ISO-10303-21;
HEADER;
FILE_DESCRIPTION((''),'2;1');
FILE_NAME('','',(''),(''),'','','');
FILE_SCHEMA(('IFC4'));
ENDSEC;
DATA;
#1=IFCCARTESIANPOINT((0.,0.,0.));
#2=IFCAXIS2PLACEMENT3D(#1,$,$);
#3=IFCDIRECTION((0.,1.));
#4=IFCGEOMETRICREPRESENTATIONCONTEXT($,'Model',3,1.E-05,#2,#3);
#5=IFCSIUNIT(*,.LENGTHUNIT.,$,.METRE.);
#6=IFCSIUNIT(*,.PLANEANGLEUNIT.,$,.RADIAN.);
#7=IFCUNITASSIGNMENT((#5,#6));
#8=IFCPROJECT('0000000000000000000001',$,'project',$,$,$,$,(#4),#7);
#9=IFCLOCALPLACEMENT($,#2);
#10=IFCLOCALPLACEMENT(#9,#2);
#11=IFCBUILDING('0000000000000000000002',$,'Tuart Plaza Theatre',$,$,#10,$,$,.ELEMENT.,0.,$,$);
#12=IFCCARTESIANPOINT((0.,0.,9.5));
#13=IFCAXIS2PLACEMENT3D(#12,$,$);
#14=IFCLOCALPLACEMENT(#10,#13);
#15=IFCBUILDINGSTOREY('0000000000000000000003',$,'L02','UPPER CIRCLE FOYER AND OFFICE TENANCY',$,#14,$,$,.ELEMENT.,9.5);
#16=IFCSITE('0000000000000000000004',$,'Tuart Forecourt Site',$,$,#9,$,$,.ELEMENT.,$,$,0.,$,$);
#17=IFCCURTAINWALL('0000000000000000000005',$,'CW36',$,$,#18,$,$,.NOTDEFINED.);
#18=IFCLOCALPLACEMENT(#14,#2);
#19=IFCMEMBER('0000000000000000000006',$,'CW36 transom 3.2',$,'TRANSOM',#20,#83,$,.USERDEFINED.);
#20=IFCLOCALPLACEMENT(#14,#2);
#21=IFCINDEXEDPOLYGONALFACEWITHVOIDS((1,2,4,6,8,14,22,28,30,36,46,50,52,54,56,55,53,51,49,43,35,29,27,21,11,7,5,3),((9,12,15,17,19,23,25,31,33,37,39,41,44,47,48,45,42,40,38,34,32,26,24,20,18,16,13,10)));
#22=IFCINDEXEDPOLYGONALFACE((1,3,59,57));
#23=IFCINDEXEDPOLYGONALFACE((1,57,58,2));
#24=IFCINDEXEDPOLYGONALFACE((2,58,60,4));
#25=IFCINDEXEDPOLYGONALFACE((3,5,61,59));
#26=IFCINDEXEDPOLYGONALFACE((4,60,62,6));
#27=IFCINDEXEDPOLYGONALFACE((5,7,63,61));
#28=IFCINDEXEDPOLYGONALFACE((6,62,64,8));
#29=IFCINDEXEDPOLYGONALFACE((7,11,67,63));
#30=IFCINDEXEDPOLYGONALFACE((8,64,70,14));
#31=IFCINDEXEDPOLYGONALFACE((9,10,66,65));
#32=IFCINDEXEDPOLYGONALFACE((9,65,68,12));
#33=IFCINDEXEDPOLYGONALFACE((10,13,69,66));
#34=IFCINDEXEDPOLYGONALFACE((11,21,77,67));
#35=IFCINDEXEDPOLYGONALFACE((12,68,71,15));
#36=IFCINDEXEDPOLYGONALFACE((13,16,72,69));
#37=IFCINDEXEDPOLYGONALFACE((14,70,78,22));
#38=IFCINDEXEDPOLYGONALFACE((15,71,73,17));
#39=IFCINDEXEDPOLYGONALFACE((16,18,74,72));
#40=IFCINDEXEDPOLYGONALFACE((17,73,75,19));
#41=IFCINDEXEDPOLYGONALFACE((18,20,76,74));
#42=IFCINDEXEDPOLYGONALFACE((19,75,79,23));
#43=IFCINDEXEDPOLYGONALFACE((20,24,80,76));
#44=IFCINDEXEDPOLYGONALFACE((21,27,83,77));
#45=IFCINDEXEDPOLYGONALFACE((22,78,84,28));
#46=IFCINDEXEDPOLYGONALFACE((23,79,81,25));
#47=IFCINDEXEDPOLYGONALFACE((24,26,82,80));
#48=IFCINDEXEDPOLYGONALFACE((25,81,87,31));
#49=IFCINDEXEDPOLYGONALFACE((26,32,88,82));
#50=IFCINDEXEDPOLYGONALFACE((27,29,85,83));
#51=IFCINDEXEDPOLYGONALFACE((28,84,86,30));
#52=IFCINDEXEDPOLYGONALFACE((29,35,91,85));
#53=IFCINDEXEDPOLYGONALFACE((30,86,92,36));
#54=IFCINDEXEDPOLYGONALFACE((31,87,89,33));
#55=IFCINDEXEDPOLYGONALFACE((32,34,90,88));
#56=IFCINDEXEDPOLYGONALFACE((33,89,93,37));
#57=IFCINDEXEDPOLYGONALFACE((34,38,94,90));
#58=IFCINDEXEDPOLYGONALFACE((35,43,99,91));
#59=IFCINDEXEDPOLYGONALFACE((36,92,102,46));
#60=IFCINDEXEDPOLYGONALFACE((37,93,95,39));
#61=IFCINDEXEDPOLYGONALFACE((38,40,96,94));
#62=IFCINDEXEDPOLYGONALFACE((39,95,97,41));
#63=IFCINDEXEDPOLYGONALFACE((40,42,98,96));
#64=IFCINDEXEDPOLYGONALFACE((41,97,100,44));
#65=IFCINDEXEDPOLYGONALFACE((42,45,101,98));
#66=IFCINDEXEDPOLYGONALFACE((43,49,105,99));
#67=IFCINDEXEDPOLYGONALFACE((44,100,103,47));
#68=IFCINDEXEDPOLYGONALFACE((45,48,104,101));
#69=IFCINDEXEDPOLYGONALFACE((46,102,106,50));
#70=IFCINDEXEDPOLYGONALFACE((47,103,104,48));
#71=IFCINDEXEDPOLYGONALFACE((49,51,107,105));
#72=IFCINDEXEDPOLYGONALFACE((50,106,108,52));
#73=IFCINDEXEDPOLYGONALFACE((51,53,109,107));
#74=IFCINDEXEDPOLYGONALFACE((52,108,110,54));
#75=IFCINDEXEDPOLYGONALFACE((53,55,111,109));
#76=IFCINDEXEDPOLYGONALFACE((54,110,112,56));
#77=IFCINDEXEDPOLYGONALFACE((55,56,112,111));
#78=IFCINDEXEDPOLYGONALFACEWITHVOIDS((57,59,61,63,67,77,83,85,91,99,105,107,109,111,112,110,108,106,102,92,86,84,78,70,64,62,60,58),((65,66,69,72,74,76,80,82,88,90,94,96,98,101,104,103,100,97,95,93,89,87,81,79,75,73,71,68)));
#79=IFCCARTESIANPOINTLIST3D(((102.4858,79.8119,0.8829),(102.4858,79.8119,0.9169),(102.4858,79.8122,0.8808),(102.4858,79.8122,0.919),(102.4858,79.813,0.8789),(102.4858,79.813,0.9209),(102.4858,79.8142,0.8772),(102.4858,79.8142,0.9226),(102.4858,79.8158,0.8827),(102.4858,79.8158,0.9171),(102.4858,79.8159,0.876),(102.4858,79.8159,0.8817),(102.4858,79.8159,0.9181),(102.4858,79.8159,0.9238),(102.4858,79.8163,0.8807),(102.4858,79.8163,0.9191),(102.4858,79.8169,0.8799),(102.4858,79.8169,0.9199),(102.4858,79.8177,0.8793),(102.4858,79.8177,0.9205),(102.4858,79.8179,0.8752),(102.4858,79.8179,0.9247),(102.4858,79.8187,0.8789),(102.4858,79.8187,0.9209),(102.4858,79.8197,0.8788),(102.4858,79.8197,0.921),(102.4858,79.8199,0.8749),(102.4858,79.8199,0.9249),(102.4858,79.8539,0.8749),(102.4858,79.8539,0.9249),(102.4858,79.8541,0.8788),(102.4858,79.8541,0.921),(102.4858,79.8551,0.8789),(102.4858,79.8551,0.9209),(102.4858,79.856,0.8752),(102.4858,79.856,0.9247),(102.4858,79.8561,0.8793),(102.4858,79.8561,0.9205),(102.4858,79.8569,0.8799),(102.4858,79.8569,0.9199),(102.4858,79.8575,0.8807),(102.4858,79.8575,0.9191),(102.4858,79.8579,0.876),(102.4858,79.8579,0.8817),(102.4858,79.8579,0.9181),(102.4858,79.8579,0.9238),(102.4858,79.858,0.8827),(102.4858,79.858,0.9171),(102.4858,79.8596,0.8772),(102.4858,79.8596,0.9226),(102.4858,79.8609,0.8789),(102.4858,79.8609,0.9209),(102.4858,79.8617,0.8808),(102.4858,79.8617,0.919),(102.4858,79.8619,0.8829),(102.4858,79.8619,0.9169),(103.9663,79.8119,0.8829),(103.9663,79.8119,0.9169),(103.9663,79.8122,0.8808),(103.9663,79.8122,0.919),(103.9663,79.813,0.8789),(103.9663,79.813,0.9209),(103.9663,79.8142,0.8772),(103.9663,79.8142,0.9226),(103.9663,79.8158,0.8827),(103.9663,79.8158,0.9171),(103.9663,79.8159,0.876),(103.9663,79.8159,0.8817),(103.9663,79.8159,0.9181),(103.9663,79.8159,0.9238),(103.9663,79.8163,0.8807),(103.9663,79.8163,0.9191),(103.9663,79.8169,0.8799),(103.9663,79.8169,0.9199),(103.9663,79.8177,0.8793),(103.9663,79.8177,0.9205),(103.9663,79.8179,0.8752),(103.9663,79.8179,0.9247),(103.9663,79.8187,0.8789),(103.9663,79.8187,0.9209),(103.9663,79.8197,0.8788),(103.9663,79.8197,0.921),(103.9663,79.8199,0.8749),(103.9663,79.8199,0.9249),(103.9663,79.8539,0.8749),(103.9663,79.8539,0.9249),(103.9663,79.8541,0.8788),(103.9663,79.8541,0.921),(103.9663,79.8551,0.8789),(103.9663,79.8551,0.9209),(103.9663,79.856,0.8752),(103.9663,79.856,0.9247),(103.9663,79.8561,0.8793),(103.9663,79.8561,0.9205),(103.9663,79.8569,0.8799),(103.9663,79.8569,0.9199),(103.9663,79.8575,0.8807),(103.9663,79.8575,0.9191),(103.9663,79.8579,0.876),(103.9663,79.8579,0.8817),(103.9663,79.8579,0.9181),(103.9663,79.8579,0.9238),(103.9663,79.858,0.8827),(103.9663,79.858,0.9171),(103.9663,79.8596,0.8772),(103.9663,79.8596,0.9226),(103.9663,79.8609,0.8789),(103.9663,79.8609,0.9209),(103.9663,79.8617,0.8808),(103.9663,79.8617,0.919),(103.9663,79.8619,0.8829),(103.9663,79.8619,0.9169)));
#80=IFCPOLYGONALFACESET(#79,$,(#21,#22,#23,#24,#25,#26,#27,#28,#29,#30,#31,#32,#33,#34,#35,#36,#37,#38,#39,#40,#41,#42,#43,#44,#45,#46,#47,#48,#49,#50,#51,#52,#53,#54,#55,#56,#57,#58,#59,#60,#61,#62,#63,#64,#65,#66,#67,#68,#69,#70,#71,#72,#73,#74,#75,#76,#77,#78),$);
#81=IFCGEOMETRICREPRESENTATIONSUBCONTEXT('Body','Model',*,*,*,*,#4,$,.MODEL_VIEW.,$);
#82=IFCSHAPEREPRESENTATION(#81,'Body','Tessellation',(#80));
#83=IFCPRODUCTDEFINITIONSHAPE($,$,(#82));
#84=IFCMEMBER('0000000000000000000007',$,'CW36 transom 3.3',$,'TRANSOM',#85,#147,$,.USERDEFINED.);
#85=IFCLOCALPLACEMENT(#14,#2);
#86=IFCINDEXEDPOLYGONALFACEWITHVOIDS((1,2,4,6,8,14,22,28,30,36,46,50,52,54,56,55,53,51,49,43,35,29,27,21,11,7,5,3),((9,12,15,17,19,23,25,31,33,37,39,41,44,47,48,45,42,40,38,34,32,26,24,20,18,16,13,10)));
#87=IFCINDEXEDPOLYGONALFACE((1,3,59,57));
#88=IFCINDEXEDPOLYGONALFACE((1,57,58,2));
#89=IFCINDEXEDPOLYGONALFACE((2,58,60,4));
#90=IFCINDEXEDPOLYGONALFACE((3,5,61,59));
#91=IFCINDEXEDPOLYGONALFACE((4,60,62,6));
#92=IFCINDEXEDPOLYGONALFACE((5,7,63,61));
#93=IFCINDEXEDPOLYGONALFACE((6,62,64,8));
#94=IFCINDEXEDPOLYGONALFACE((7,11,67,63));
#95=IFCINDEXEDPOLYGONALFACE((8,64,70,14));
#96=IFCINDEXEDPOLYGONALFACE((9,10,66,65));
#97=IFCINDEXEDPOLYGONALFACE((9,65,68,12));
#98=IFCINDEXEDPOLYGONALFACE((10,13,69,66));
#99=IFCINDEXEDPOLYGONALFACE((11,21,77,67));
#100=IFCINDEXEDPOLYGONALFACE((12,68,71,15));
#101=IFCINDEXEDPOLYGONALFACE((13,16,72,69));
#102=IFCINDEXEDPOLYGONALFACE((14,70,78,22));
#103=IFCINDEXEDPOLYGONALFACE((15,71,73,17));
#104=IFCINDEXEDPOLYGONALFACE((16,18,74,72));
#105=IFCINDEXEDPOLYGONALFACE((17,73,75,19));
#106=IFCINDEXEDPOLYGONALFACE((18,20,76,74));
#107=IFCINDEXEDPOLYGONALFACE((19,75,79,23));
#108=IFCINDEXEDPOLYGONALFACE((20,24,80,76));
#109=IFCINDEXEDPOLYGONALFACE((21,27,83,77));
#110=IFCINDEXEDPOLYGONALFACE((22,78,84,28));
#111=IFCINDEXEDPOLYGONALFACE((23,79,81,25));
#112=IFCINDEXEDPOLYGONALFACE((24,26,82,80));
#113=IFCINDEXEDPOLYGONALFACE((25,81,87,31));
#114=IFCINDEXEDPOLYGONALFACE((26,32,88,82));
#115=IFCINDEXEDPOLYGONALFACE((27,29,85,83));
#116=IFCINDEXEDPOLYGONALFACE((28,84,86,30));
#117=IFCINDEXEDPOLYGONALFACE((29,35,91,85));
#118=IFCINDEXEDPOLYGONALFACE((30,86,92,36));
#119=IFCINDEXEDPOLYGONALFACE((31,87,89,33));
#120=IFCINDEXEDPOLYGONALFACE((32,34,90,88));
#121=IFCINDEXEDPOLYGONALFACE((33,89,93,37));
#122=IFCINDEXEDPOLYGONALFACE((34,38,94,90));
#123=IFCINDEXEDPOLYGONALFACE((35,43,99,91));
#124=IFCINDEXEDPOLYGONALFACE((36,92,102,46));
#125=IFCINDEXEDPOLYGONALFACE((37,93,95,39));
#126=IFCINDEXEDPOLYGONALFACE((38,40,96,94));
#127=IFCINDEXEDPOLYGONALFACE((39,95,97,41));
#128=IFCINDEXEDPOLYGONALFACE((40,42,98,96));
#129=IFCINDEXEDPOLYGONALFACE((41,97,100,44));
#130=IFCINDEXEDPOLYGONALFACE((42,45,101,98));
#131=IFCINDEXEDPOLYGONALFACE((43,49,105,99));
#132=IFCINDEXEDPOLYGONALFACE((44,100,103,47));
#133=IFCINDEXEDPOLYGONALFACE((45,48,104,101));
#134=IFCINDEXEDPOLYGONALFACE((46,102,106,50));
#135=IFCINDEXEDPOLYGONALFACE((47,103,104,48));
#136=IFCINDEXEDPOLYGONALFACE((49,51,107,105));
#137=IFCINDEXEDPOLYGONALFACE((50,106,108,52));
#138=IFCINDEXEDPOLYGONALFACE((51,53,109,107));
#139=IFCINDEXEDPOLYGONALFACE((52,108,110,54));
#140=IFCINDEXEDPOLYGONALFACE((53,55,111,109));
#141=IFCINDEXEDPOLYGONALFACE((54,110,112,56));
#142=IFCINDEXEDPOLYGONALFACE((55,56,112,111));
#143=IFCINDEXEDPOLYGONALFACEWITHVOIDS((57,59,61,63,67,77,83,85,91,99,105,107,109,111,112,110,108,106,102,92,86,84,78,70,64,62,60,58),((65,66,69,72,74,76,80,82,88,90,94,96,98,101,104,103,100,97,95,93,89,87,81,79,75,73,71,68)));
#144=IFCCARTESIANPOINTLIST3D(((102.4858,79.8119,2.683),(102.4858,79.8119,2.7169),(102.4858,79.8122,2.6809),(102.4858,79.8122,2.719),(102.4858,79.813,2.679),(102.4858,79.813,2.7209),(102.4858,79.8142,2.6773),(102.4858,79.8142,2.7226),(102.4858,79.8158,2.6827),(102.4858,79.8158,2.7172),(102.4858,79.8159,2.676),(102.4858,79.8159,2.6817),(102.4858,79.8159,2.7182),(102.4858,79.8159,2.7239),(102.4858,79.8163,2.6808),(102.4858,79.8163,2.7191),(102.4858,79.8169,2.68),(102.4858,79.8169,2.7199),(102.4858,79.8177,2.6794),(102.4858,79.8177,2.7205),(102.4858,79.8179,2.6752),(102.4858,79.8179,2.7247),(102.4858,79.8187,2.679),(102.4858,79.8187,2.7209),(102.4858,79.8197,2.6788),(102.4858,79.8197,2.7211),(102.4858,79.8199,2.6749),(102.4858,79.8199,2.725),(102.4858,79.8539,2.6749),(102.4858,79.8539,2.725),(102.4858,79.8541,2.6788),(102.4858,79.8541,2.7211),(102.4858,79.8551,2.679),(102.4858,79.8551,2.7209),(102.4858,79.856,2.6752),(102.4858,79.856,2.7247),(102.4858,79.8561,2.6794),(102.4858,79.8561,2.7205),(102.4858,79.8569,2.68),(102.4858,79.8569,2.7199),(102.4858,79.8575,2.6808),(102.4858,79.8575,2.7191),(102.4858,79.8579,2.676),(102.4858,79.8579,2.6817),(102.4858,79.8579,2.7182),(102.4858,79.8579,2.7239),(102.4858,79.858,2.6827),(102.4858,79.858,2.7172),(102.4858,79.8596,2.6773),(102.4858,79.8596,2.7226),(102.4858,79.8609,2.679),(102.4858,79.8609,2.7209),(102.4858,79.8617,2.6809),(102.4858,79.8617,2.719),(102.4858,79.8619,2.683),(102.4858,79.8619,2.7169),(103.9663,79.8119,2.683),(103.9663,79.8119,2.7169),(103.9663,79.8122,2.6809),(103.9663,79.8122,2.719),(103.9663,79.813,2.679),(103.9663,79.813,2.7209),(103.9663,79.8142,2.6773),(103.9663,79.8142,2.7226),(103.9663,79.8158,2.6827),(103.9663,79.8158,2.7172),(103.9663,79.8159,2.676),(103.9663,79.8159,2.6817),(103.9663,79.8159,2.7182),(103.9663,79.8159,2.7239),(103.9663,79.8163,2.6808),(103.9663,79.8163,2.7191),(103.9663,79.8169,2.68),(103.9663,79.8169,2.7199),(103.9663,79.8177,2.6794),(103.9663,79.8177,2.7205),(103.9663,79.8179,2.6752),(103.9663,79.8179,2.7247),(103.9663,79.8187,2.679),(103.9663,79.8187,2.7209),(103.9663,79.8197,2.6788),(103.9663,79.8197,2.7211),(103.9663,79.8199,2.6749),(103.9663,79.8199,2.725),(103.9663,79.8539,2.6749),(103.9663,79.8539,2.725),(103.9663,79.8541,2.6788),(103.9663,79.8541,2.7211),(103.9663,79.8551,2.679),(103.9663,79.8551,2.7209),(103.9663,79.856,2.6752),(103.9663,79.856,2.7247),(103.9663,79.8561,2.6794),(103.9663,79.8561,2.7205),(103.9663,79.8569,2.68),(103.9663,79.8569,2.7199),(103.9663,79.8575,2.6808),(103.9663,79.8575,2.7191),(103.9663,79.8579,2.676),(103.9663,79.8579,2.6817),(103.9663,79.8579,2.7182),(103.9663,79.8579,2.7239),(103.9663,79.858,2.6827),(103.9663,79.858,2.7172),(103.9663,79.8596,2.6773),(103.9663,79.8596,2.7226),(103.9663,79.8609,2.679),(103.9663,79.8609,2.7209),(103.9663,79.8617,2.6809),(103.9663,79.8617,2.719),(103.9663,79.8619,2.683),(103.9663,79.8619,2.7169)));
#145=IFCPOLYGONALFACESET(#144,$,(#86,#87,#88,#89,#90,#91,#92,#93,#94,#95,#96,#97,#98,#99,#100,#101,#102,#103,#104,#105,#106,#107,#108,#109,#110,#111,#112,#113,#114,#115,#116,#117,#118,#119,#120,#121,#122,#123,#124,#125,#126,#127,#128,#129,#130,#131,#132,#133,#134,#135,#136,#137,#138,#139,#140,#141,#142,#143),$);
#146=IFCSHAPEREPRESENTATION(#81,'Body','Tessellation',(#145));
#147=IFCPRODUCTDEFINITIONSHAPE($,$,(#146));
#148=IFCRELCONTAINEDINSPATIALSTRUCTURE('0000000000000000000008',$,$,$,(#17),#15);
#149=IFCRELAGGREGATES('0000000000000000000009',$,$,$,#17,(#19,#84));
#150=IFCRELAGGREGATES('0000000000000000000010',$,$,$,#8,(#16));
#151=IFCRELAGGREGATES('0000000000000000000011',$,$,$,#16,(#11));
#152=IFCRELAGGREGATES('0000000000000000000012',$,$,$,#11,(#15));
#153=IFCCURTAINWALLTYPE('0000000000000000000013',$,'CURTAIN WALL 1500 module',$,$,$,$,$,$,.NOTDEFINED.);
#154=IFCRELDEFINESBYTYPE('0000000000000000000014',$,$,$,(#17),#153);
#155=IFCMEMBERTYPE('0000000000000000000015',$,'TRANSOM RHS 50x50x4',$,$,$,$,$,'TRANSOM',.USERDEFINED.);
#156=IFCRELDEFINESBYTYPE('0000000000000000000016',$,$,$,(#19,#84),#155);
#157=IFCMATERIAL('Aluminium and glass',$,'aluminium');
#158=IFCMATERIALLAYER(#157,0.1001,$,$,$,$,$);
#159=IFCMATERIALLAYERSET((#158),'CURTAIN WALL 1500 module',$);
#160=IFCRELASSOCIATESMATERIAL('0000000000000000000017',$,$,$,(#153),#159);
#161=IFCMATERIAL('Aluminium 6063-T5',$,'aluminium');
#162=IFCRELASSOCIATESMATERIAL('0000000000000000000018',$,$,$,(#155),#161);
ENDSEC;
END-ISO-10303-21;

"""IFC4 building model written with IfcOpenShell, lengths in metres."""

from ifc_helpers import new_model, si_unit, direction, frame, origin, origin_2d, place, context, subcontext, project, spatial, hollow_rectangle, extrude, material, layer, layer_set, material_profile, profile_set, type_object, element, aggregate, save


model = new_model("IFC4")

# Units and contexts
model_context = context("Model", 3, precision=1e-05, world=origin(), true_north=direction((0.0, 1.0)))
body_context = subcontext(model_context, "Body", "Model", "MODEL_VIEW")
ifc_project = project(units=[si_unit("LENGTHUNIT", "METRE"), si_unit("PLANEANGLEUNIT", "RADIAN")], contexts=[model_context])

# Site, building, storey
site_placement = place(None, origin())
site = spatial("IfcSite", under=ifc_project, at=site_placement, Name="Tuart Forecourt Site", CompositionType="ELEMENT", RefElevation=0.0)
building_placement = place(site_placement, origin())
building = spatial("IfcBuilding", under=site, at=building_placement, Name="Tuart Plaza Theatre", CompositionType="ELEMENT", ElevationOfRefHeight=0.0)
storey_placement = place(building_placement, frame((0.0, 0.0, 9.5)))
storey = spatial("IfcBuildingStorey", under=building, at=storey_placement, Name="L02", Description="UPPER CIRCLE FOYER AND OFFICE TENANCY", CompositionType="ELEMENT", Elevation=9.5)

# Curtain wall, members
ifc_material_1 = material(Name="Aluminium and glass", Category="aluminium")
ifc_layer_1 = layer(ifc_material_1, 0.1001)
ifc_layer_set_1 = layer_set([ifc_layer_1], Name="CURTAIN WALL 1500 module")
curtain_wall_type = type_object("IfcCurtainWallType", Name="CURTAIN WALL 1500 module", PredefinedType="NOTDEFINED", material=ifc_layer_set_1)
curtain_wall_placement = place(storey_placement, origin())
curtain_wall = element("IfcCurtainWall", 1, at=curtain_wall_placement, inside=storey, type_object=curtain_wall_type, Name="CW36", PredefinedType="NOTDEFINED")
ifc_material_2 = material(Name="Aluminium 6063-T5", Category="aluminium")
ifc_material_profile_1 = material_profile(ifc_material_2, hollow_rectangle(XDim=0.05, YDim=0.05, WallThickness=0.0039, InnerFilletRadius=0.0039, OuterFilletRadius=0.0081, at=origin_2d()), Name="RHS 50x50x4")
ifc_profile_set_1 = profile_set([ifc_material_profile_1], Name="Aluminium 6063-T5")
member_type_1 = type_object("IfcMemberType", Name="TRANSOM RHS 50x50x4", ElementType="TRANSOM", PredefinedType="USERDEFINED", material=ifc_profile_set_1)
member_1_placement = place(storey_placement, frame((102.4858, 79.8369, 0.8999), z_axis=(1.0, 0.0, 0.0), x_axis=(0.0, 1.0, 0.0)))
member_1 = element("IfcMember", 2, at=member_1_placement, type_object=member_type_1, Name="CW36 transom 3.2", ObjectType="TRANSOM", PredefinedType="USERDEFINED", context=body_context, shape_type="SweptSolid", body=[
    extrude(hollow_rectangle(XDim=0.05, YDim=0.05, WallThickness=0.0039, InnerFilletRadius=0.0039, OuterFilletRadius=0.0081, at=origin_2d()), origin(), (0.0, 0.0, 1.0), 1.4805),
])
member_2_placement = place(storey_placement, frame((102.4858, 79.8369, 2.7), z_axis=(1.0, 0.0, 0.0), x_axis=(0.0, 1.0, 0.0)))
member_2 = element("IfcMember", 3, at=member_2_placement, type_object=member_type_1, Name="CW36 transom 3.3", ObjectType="TRANSOM", PredefinedType="USERDEFINED", context=body_context, shape_type="SweptSolid", body=[
    extrude(hollow_rectangle(XDim=0.05, YDim=0.05, WallThickness=0.0039, InnerFilletRadius=0.0039, OuterFilletRadius=0.0081, at=origin_2d()), origin(), (0.0, 0.0, 1.0), 1.4805),
])
aggregate(curtain_wall, [member_1, member_2])

save(model, "model.ifc")
